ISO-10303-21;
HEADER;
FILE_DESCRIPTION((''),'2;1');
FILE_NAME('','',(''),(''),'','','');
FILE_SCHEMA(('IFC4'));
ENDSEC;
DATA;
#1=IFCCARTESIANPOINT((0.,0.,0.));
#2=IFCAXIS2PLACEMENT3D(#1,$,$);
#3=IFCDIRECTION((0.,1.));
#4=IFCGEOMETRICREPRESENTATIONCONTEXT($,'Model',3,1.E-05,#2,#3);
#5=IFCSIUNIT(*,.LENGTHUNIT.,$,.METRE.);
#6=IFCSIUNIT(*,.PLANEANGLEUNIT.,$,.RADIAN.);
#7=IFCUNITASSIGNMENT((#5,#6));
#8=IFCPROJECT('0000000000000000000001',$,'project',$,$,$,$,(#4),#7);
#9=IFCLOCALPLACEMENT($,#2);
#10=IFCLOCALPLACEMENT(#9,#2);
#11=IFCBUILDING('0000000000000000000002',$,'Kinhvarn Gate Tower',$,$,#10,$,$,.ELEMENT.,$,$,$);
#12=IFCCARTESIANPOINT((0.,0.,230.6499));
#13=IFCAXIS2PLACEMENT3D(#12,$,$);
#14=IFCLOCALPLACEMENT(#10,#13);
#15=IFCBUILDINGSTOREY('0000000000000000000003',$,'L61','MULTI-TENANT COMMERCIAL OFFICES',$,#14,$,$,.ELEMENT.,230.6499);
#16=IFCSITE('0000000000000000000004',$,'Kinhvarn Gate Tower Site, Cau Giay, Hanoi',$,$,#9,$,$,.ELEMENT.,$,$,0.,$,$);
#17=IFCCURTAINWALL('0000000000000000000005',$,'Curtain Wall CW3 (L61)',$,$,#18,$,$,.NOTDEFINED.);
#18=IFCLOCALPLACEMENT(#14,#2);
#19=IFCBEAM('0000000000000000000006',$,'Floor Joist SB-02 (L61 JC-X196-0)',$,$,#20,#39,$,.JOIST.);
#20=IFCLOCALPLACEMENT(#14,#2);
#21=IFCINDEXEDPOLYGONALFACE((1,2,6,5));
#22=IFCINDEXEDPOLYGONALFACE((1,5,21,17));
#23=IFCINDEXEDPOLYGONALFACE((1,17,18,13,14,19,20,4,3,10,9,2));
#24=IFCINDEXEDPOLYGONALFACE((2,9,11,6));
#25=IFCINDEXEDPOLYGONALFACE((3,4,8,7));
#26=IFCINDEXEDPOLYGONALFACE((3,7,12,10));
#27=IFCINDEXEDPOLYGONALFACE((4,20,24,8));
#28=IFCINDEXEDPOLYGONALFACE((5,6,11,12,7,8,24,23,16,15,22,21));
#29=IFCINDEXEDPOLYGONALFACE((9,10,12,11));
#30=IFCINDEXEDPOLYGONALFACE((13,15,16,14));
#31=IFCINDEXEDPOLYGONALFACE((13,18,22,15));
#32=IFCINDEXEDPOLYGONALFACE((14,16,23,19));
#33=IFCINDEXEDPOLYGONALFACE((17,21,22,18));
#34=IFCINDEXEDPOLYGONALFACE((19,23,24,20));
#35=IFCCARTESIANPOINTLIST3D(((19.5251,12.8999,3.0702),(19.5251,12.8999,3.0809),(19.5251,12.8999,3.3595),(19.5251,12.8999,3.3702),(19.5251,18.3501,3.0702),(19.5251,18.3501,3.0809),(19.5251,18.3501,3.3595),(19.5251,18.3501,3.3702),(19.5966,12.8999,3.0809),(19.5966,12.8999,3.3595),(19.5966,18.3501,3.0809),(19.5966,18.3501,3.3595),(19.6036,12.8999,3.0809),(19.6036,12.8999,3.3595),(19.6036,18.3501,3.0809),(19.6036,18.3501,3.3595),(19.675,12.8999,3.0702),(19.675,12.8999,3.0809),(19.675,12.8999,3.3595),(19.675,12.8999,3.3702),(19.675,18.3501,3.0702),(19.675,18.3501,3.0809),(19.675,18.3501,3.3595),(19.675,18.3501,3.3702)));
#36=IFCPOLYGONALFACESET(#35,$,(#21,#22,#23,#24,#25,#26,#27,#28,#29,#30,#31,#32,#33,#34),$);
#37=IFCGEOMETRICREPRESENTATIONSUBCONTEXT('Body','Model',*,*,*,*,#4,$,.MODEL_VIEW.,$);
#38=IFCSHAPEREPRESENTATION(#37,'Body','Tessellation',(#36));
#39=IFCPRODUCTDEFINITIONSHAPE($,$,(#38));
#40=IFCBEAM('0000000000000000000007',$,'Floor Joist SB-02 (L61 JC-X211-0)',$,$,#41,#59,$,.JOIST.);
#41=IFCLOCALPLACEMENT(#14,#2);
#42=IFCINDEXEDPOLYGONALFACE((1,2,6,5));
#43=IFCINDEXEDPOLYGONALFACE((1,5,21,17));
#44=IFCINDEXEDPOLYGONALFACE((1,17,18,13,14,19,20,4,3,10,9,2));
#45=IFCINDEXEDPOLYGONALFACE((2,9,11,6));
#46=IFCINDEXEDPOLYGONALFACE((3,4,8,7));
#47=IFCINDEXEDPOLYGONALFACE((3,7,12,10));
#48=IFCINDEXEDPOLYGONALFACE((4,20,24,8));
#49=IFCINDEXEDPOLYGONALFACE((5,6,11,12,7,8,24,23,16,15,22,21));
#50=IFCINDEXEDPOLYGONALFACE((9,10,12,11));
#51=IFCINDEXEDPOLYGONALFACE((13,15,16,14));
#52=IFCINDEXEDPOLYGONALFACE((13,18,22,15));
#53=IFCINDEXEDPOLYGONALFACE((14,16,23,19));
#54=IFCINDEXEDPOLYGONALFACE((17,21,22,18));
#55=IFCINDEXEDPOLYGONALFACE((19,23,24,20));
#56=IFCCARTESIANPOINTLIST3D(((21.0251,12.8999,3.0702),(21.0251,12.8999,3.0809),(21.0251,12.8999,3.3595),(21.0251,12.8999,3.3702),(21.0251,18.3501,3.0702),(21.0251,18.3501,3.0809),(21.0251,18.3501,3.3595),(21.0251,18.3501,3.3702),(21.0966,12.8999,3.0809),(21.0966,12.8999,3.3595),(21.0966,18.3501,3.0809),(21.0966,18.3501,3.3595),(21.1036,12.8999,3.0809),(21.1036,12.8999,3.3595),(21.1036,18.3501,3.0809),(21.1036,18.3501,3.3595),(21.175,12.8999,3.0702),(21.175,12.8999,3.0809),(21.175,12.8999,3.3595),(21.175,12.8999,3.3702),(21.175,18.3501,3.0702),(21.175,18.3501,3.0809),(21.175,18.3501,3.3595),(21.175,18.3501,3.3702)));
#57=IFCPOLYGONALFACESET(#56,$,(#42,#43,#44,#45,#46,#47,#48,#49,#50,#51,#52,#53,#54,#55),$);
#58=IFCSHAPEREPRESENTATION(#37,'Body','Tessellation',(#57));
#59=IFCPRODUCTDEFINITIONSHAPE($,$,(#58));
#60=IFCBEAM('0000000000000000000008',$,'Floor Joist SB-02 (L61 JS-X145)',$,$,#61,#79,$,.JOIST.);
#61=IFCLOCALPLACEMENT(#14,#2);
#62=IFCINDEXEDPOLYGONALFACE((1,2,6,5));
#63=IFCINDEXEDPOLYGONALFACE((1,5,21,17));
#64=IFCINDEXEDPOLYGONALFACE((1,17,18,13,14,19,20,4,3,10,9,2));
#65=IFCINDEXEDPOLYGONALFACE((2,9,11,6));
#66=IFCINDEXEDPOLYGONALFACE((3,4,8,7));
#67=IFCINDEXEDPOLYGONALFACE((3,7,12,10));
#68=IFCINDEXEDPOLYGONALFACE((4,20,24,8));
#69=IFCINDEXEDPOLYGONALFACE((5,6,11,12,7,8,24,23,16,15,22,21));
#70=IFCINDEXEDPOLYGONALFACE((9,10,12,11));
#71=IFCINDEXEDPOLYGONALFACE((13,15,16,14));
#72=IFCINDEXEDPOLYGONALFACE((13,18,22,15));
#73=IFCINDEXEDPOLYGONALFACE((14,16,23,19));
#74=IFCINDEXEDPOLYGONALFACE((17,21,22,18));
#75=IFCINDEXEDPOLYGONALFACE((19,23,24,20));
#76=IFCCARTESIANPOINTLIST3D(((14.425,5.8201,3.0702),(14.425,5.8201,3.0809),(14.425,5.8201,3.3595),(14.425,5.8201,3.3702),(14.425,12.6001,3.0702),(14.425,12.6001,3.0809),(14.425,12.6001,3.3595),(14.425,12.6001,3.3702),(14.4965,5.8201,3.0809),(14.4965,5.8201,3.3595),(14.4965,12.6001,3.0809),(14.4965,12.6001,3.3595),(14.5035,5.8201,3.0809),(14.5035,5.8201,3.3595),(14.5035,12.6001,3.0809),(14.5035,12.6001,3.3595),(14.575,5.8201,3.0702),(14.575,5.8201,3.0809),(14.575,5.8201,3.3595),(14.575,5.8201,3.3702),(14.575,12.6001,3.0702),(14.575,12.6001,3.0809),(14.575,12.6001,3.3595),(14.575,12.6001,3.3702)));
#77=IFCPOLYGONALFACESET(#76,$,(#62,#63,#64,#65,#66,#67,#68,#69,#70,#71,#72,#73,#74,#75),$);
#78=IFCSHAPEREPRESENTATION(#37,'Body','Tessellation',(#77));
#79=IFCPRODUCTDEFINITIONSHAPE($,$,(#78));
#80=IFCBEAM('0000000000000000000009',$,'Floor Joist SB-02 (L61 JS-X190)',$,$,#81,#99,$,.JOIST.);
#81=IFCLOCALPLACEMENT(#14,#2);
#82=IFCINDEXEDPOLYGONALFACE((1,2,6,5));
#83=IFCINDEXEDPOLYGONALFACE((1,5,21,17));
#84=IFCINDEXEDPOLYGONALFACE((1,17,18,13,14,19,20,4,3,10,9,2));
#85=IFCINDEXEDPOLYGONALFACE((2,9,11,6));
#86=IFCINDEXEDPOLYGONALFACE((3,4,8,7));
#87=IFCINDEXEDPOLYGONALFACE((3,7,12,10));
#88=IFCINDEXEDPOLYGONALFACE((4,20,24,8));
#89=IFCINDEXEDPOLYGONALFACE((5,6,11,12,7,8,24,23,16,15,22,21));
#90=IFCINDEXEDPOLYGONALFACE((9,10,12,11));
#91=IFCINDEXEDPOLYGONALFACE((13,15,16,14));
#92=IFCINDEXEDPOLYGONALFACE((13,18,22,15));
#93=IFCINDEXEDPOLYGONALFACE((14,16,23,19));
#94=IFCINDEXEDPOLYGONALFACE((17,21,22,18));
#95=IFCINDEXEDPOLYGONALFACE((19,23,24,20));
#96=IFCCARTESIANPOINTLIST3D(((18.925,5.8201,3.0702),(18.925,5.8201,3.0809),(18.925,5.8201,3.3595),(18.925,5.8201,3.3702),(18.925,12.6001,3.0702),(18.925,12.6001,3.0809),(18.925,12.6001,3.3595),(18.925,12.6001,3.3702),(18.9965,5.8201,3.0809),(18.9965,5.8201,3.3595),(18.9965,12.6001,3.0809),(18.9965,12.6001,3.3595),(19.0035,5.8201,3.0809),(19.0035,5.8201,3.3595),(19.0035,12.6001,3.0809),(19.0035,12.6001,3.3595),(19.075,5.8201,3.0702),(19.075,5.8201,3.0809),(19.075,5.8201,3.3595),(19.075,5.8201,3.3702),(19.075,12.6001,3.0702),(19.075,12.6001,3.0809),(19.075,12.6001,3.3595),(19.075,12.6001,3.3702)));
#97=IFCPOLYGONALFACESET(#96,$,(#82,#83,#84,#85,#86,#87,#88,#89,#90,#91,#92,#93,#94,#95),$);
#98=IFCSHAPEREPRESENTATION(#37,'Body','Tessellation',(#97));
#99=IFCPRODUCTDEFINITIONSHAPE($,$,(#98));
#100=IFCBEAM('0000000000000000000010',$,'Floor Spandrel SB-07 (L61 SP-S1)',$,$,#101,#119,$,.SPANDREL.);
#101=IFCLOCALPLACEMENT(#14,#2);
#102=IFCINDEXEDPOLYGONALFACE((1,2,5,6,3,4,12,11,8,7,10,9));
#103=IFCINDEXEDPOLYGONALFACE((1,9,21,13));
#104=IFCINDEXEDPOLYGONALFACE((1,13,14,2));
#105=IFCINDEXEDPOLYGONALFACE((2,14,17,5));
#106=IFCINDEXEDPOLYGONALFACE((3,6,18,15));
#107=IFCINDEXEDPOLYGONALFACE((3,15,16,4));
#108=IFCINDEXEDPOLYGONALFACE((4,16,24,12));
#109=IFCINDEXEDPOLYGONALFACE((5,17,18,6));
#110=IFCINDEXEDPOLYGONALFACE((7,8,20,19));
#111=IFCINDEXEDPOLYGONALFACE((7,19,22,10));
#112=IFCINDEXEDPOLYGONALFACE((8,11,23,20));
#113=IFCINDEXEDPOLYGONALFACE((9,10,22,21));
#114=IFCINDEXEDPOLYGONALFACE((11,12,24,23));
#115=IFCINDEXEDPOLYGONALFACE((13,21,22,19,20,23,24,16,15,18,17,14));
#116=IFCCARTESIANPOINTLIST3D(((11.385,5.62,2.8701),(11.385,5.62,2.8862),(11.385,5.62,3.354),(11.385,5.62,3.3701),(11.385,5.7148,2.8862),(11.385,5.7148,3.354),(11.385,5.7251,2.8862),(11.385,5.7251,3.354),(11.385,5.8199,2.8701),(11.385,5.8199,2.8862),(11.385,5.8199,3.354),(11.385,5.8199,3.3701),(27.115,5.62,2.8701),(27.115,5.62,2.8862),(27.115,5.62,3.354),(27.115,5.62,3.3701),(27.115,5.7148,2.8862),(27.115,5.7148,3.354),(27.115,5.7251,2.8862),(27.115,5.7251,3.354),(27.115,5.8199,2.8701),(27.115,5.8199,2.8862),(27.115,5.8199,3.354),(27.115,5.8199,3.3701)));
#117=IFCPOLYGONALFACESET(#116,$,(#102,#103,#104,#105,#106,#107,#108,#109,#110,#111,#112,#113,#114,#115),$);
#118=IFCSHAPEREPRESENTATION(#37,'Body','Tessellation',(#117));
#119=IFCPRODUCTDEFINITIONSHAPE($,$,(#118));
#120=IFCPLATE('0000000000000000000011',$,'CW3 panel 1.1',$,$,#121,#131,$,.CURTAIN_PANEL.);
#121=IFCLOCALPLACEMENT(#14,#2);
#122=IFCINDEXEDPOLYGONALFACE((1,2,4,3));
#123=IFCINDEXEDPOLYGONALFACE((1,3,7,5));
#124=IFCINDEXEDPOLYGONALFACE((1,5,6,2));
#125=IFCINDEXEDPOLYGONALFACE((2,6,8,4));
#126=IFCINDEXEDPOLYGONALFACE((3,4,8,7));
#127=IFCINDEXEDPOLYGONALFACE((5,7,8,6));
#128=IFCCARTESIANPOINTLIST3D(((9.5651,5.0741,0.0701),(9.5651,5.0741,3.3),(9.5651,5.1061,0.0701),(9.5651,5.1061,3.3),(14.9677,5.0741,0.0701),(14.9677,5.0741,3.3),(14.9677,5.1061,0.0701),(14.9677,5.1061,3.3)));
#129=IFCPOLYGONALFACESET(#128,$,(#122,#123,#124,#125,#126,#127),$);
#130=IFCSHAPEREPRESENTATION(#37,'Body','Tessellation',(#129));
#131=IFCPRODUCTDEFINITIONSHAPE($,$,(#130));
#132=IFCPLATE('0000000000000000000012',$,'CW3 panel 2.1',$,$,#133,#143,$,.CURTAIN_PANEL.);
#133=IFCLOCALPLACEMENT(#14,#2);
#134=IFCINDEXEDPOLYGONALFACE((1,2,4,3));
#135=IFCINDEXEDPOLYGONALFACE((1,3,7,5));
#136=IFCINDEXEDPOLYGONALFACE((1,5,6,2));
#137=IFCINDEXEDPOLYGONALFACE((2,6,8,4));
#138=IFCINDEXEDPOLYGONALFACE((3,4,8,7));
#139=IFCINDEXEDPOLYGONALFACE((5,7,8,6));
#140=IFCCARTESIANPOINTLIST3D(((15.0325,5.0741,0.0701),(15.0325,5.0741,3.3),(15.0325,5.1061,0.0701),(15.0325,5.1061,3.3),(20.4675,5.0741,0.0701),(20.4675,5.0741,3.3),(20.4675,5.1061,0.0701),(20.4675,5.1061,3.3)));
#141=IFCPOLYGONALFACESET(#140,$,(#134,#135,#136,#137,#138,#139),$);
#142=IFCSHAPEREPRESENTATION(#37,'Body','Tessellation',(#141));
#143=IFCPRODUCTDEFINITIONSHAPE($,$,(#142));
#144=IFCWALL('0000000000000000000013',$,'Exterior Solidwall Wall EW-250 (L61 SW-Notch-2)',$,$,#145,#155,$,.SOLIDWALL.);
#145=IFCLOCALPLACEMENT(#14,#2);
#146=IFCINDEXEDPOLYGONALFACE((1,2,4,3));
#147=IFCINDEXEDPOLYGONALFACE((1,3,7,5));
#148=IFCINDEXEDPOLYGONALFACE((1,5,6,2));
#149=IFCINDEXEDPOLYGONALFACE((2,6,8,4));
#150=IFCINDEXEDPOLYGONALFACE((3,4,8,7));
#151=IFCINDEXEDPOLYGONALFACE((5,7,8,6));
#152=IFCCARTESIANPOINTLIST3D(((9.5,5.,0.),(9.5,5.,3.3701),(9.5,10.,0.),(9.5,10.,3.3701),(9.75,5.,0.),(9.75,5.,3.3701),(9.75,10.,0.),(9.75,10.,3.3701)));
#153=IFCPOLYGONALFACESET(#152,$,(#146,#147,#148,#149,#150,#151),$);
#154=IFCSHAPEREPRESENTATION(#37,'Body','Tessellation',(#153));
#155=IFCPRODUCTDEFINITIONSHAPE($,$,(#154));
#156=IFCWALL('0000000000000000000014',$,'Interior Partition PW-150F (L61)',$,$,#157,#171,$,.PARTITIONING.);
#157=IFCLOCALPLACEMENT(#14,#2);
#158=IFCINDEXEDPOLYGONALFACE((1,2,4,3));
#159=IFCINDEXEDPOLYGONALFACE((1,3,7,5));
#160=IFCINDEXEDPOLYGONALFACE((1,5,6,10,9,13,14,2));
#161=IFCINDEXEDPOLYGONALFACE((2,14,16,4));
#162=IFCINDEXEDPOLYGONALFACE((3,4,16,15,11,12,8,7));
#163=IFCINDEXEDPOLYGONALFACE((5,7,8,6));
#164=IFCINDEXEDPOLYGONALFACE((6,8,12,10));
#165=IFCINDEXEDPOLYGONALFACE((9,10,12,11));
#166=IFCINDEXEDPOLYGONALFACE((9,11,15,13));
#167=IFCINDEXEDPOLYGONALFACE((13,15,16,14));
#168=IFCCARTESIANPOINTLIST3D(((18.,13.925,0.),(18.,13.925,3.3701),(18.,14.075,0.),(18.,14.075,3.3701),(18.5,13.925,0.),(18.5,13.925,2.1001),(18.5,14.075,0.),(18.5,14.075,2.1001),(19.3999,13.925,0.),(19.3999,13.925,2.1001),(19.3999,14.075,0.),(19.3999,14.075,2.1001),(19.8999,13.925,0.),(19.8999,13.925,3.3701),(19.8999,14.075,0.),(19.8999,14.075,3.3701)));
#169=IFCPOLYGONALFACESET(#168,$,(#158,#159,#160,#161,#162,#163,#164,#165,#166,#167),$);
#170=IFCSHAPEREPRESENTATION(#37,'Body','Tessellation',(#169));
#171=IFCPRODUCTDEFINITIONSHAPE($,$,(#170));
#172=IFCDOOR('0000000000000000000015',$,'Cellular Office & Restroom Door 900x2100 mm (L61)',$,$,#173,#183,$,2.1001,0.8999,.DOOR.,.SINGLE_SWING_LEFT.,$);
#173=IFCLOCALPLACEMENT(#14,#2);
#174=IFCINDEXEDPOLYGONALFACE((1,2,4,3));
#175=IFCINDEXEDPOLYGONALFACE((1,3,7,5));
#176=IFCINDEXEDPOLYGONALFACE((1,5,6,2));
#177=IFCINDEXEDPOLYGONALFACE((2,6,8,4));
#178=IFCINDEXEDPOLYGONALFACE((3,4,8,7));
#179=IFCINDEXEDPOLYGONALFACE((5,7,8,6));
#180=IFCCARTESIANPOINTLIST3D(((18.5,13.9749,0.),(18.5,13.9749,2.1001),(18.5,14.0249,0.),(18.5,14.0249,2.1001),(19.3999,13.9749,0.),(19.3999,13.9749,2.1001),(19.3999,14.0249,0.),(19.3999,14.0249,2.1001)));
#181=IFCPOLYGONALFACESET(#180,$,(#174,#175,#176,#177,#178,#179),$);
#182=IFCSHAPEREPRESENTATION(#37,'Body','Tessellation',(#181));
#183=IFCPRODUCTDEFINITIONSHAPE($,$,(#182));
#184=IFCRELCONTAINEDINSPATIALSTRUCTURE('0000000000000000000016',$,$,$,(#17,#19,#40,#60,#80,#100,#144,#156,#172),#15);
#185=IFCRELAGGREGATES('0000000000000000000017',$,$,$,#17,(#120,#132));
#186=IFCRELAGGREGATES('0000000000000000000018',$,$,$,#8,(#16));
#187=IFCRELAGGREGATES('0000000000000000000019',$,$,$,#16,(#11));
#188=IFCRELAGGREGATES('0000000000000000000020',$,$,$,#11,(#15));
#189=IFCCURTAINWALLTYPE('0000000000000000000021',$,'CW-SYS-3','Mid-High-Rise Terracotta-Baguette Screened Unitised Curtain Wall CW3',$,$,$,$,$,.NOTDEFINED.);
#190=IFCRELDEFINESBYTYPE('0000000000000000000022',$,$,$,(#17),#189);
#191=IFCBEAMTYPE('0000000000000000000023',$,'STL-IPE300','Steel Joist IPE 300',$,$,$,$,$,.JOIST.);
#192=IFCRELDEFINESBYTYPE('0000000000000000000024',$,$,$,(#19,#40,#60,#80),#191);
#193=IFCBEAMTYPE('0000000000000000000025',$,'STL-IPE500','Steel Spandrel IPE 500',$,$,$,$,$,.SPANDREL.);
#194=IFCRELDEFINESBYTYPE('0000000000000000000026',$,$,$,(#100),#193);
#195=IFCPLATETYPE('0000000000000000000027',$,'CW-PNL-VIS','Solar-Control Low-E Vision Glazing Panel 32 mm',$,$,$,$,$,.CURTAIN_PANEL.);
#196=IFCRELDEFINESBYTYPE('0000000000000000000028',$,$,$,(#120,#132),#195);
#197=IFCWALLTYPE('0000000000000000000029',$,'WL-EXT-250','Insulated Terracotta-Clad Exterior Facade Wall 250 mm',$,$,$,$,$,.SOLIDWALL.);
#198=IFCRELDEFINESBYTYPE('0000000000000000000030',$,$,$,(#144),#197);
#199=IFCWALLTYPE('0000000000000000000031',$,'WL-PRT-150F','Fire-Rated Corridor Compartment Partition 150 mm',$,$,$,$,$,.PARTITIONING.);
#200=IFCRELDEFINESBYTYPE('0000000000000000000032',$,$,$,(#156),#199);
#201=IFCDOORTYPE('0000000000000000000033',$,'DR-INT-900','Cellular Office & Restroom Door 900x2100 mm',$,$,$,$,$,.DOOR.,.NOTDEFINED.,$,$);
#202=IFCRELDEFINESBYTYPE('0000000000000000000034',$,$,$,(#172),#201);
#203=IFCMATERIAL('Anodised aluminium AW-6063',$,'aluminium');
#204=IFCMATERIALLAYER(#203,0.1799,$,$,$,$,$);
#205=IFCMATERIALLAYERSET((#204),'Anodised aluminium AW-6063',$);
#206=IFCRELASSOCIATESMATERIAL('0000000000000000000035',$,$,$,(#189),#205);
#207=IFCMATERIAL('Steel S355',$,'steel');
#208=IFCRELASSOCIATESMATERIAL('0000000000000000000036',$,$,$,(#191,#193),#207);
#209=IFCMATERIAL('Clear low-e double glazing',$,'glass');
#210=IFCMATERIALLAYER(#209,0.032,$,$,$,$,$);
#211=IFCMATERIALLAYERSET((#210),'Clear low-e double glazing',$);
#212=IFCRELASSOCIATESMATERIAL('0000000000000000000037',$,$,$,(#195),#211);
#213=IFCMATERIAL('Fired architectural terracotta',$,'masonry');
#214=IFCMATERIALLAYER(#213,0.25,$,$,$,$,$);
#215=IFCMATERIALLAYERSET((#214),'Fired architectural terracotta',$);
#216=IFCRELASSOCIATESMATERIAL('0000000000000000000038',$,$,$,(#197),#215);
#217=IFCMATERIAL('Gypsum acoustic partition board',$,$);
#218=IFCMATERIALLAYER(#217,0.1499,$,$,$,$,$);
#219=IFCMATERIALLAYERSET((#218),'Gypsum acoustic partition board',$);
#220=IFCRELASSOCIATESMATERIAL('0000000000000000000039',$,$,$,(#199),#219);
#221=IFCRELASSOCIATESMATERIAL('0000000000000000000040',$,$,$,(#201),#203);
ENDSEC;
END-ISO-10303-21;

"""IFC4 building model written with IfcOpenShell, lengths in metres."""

from ifc_helpers import new_model, si_unit, direction, frame, frame_2d, origin, origin_2d, place, context, subcontext, project, spatial, rectangle, i_section, extrude, material, layer, layer_set, material_profile, profile_set, type_object, element, fill, aggregate, save


model = new_model("IFC4")

# Units and contexts
model_context = context("Model", 3, precision=1e-05, world=origin(), true_north=direction((0.0, 1.0)))
body_context = subcontext(model_context, "Body", "Model", "MODEL_VIEW")
ifc_project = project(units=[si_unit("LENGTHUNIT", "METRE"), si_unit("PLANEANGLEUNIT", "RADIAN")], contexts=[model_context])

# Site, building, storey
site_placement = place(None, origin())
site = spatial("IfcSite", under=ifc_project, at=site_placement, Name="Kinhvarn Gate Tower Site, Cau Giay, Hanoi", CompositionType="ELEMENT", RefElevation=0.0)
building_placement = place(site_placement, origin())
building = spatial("IfcBuilding", under=site, at=building_placement, Name="Kinhvarn Gate Tower", CompositionType="ELEMENT")
storey_placement = place(building_placement, frame((0.0, 0.0, 230.6499)))
storey = spatial("IfcBuildingStorey", under=building, at=storey_placement, Name="L61", Description="MULTI-TENANT COMMERCIAL OFFICES", CompositionType="ELEMENT", Elevation=230.6499)

# Curtain wall
ifc_material_1 = material(Name="Anodised aluminium AW-6063", Category="aluminium")
ifc_layer_1 = layer(ifc_material_1, 0.1799)
ifc_layer_set_1 = layer_set([ifc_layer_1], Name="Anodised aluminium AW-6063")
curtain_wall_type = type_object("IfcCurtainWallType", Name="CW-SYS-3", Description="Mid-High-Rise Terracotta-Baguette Screened Unitised Curtain Wall CW3", PredefinedType="NOTDEFINED", material=ifc_layer_set_1)
curtain_wall_placement = place(storey_placement, origin())
curtain_wall = element("IfcCurtainWall", 1, at=curtain_wall_placement, inside=storey, type_object=curtain_wall_type, Name="Curtain Wall CW3 (L61)", PredefinedType="NOTDEFINED")

# Beams
ifc_material_2 = material(Name="Steel S355", Category="steel")
ifc_material_profile_1 = material_profile(ifc_material_2, i_section(OverallWidth=0.1499, OverallDepth=0.3, WebThickness=0.0071, FlangeThickness=0.0107, at=origin_2d()), Name="IPE 300")
ifc_profile_set_1 = profile_set([ifc_material_profile_1], Name="Steel S355")
beam_type_1 = type_object("IfcBeamType", Name="STL-IPE300", Description="Steel Joist IPE 300", PredefinedType="JOIST", material=ifc_profile_set_1)
for number, where, z_axis, x_axis, name in (
    (2, (19.6001, 12.8999, 3.2202), (0.0, 1.0, 0.0), (-1.0, 0.0, 0.0), "Floor Joist SB-02 (L61 JC-X196-0)"),
    (3, (21.1001, 12.8999, 3.2202), (0.0, 1.0, 0.0), (-1.0, 0.0, 0.0), "Floor Joist SB-02 (L61 JC-X211-0)"),
):
    element("IfcBeam", number, at=place(storey_placement, frame(where, z_axis=z_axis, x_axis=x_axis)), inside=storey, type_object=beam_type_1, Name=name, PredefinedType="JOIST", context=body_context, shape_type="SweptSolid", body=[
        extrude(i_section(OverallWidth=0.1499, OverallDepth=0.3, WebThickness=0.0071, FlangeThickness=0.0107, at=origin_2d()), origin(), (0.0, 0.0, 1.0), 5.4502),
    ])
for number, where, z_axis, x_axis, name in (
    (4, (14.5, 5.8201, 3.2202), (0.0, 1.0, 0.0), (-1.0, 0.0, 0.0), "Floor Joist SB-02 (L61 JS-X145)"),
    (5, (19.0, 5.8201, 3.2202), (0.0, 1.0, 0.0), (-1.0, 0.0, 0.0), "Floor Joist SB-02 (L61 JS-X190)"),
):
    element("IfcBeam", number, at=place(storey_placement, frame(where, z_axis=z_axis, x_axis=x_axis)), inside=storey, type_object=beam_type_1, Name=name, PredefinedType="JOIST", context=body_context, shape_type="SweptSolid", body=[
        extrude(i_section(OverallWidth=0.1499, OverallDepth=0.3, WebThickness=0.0071, FlangeThickness=0.0107, at=origin_2d()), origin(), (0.0, 0.0, 1.0), 6.78),
    ])
ifc_material_profile_2 = material_profile(ifc_material_2, i_section(OverallWidth=0.2, OverallDepth=0.5, WebThickness=0.0103, FlangeThickness=0.0161, at=origin_2d()), Name="IPE 500")
ifc_profile_set_2 = profile_set([ifc_material_profile_2], Name="Steel S355")
beam_type_2 = type_object("IfcBeamType", Name="STL-IPE500", Description="Steel Spandrel IPE 500", PredefinedType="SPANDREL", material=ifc_profile_set_2)
beam_1_placement = place(storey_placement, frame((11.385, 5.72, 3.1201), z_axis=(1.0, 0.0, 0.0), x_axis=(0.0, 1.0, 0.0)))
element("IfcBeam", 6, at=beam_1_placement, inside=storey, type_object=beam_type_2, Name="Floor Spandrel SB-07 (L61 SP-S1)", PredefinedType="SPANDREL", context=body_context, shape_type="SweptSolid", body=[
    extrude(i_section(OverallWidth=0.2, OverallDepth=0.5, WebThickness=0.0103, FlangeThickness=0.0161, at=origin_2d()), origin(), (0.0, 0.0, 1.0), 15.73),
])

# Plates
ifc_material_3 = material(Name="Clear low-e double glazing", Category="glass")
ifc_layer_2 = layer(ifc_material_3, 0.032)
ifc_layer_set_2 = layer_set([ifc_layer_2], Name="Clear low-e double glazing")
plate_type = type_object("IfcPlateType", Name="CW-PNL-VIS", Description="Solar-Control Low-E Vision Glazing Panel 32 mm", PredefinedType="CURTAIN_PANEL", material=ifc_layer_set_2)
plate_1_placement = place(storey_placement, frame((12.2664, 5.0901, 0.0701), z_axis=(0.0, 0.0, 1.0), x_axis=(1.0, 0.0, 0.0)))
plate_1 = element("IfcPlate", 7, at=plate_1_placement, type_object=plate_type, Name="CW3 panel 1.1", PredefinedType="CURTAIN_PANEL", context=body_context, shape_type="SweptSolid", body=[
    extrude(rectangle(XDim=5.4026, YDim=0.032, at=origin_2d()), origin(), (0.0, 0.0, 1.0), 3.23),
])
plate_2_placement = place(storey_placement, frame((17.75, 5.0901, 0.0701), z_axis=(0.0, 0.0, 1.0), x_axis=(1.0, 0.0, 0.0)))
plate_2 = element("IfcPlate", 8, at=plate_2_placement, type_object=plate_type, Name="CW3 panel 2.1", PredefinedType="CURTAIN_PANEL", context=body_context, shape_type="SweptSolid", body=[
    extrude(rectangle(XDim=5.4351, YDim=0.032, at=origin_2d()), origin(), (0.0, 0.0, 1.0), 3.23),
])
aggregate(curtain_wall, [plate_1, plate_2])

# Wall
ifc_material_4 = material(Name="Fired architectural terracotta", Category="masonry")
ifc_layer_3 = layer(ifc_material_4, 0.25)
ifc_layer_set_3 = layer_set([ifc_layer_3], Name="Fired architectural terracotta")
wall_type_1 = type_object("IfcWallType", Name="WL-EXT-250", Description="Insulated Terracotta-Clad Exterior Facade Wall 250 mm", PredefinedType="SOLIDWALL", material=ifc_layer_set_3)
wall_1_placement = place(storey_placement, frame((9.625, 10.0, 0.0), z_axis=(0.0, 0.0, 1.0), x_axis=(0.0, -1.0, 0.0)))
element("IfcWall", 9, at=wall_1_placement, inside=storey, type_object=wall_type_1, Name="Exterior Solidwall Wall EW-250 (L61 SW-Notch-2)", PredefinedType="SOLIDWALL", context=body_context, shape_type="SweptSolid", body=[
    extrude(rectangle(XDim=5.0, YDim=0.25, at=frame_2d((2.5, 0.0))), origin(), (0.0, 0.0, 1.0), 3.3701),
])

# Wall, opening, door
ifc_material_5 = material(Name="Gypsum acoustic partition board")
ifc_layer_4 = layer(ifc_material_5, 0.1499)
ifc_layer_set_4 = layer_set([ifc_layer_4], Name="Gypsum acoustic partition board")
wall_type_2 = type_object("IfcWallType", Name="WL-PRT-150F", Description="Fire-Rated Corridor Compartment Partition 150 mm", PredefinedType="PARTITIONING", material=ifc_layer_set_4)
wall_2_placement = place(storey_placement, frame((18.0, 14.0, 0.0), z_axis=(0.0, 0.0, 1.0), x_axis=(1.0, 0.0, 0.0)))
wall_2 = element("IfcWall", 10, at=wall_2_placement, inside=storey, type_object=wall_type_2, Name="Interior Partition PW-150F (L61)", PredefinedType="PARTITIONING", context=body_context, shape_type="SweptSolid", body=[
    extrude(rectangle(XDim=1.8999, YDim=0.1499, at=frame_2d((0.95, 0.0))), origin(), (0.0, 0.0, 1.0), 3.3701),
])
opening_placement = place(wall_2_placement, frame((0.5, 0.0, 0.0)))
opening = element("IfcOpeningElement", 11, at=opening_placement, cuts=wall_2, PredefinedType="OPENING", context=body_context, shape_type="SweptSolid", body=[
    extrude(rectangle(XDim=0.8999, YDim=2.1001, at=frame_2d((0.45, 1.05))), frame((0.0, 0.085, 0.0), z_axis=(0.0, -1.0, 0.0), x_axis=(1.0, 0.0, 0.0)), (0.0, 0.0, 1.0), 0.1699),
])
door_type = type_object("IfcDoorType", Name="DR-INT-900", Description="Cellular Office & Restroom Door 900x2100 mm", OperationType="NOTDEFINED", PredefinedType="DOOR", material=ifc_material_1)
door_placement = place(opening_placement, origin())
door = element("IfcDoor", 12, at=door_placement, inside=storey, type_object=door_type, Name="Cellular Office & Restroom Door 900x2100 mm (L61)", OperationType="SINGLE_SWING_LEFT", OverallHeight=2.1001, OverallWidth=0.8999, PredefinedType="DOOR", context=body_context, shape_type="SweptSolid", body=[
    extrude(rectangle(XDim=0.8999, YDim=2.1001, at=frame_2d((0.45, 1.05))), frame((0.0, 0.0249, 0.0), z_axis=(0.0, -1.0, 0.0), x_axis=(1.0, 0.0, 0.0)), (0.0, 0.0, 1.0), 0.05),
])
fill(opening, door)

save(model, "model.ifc")
